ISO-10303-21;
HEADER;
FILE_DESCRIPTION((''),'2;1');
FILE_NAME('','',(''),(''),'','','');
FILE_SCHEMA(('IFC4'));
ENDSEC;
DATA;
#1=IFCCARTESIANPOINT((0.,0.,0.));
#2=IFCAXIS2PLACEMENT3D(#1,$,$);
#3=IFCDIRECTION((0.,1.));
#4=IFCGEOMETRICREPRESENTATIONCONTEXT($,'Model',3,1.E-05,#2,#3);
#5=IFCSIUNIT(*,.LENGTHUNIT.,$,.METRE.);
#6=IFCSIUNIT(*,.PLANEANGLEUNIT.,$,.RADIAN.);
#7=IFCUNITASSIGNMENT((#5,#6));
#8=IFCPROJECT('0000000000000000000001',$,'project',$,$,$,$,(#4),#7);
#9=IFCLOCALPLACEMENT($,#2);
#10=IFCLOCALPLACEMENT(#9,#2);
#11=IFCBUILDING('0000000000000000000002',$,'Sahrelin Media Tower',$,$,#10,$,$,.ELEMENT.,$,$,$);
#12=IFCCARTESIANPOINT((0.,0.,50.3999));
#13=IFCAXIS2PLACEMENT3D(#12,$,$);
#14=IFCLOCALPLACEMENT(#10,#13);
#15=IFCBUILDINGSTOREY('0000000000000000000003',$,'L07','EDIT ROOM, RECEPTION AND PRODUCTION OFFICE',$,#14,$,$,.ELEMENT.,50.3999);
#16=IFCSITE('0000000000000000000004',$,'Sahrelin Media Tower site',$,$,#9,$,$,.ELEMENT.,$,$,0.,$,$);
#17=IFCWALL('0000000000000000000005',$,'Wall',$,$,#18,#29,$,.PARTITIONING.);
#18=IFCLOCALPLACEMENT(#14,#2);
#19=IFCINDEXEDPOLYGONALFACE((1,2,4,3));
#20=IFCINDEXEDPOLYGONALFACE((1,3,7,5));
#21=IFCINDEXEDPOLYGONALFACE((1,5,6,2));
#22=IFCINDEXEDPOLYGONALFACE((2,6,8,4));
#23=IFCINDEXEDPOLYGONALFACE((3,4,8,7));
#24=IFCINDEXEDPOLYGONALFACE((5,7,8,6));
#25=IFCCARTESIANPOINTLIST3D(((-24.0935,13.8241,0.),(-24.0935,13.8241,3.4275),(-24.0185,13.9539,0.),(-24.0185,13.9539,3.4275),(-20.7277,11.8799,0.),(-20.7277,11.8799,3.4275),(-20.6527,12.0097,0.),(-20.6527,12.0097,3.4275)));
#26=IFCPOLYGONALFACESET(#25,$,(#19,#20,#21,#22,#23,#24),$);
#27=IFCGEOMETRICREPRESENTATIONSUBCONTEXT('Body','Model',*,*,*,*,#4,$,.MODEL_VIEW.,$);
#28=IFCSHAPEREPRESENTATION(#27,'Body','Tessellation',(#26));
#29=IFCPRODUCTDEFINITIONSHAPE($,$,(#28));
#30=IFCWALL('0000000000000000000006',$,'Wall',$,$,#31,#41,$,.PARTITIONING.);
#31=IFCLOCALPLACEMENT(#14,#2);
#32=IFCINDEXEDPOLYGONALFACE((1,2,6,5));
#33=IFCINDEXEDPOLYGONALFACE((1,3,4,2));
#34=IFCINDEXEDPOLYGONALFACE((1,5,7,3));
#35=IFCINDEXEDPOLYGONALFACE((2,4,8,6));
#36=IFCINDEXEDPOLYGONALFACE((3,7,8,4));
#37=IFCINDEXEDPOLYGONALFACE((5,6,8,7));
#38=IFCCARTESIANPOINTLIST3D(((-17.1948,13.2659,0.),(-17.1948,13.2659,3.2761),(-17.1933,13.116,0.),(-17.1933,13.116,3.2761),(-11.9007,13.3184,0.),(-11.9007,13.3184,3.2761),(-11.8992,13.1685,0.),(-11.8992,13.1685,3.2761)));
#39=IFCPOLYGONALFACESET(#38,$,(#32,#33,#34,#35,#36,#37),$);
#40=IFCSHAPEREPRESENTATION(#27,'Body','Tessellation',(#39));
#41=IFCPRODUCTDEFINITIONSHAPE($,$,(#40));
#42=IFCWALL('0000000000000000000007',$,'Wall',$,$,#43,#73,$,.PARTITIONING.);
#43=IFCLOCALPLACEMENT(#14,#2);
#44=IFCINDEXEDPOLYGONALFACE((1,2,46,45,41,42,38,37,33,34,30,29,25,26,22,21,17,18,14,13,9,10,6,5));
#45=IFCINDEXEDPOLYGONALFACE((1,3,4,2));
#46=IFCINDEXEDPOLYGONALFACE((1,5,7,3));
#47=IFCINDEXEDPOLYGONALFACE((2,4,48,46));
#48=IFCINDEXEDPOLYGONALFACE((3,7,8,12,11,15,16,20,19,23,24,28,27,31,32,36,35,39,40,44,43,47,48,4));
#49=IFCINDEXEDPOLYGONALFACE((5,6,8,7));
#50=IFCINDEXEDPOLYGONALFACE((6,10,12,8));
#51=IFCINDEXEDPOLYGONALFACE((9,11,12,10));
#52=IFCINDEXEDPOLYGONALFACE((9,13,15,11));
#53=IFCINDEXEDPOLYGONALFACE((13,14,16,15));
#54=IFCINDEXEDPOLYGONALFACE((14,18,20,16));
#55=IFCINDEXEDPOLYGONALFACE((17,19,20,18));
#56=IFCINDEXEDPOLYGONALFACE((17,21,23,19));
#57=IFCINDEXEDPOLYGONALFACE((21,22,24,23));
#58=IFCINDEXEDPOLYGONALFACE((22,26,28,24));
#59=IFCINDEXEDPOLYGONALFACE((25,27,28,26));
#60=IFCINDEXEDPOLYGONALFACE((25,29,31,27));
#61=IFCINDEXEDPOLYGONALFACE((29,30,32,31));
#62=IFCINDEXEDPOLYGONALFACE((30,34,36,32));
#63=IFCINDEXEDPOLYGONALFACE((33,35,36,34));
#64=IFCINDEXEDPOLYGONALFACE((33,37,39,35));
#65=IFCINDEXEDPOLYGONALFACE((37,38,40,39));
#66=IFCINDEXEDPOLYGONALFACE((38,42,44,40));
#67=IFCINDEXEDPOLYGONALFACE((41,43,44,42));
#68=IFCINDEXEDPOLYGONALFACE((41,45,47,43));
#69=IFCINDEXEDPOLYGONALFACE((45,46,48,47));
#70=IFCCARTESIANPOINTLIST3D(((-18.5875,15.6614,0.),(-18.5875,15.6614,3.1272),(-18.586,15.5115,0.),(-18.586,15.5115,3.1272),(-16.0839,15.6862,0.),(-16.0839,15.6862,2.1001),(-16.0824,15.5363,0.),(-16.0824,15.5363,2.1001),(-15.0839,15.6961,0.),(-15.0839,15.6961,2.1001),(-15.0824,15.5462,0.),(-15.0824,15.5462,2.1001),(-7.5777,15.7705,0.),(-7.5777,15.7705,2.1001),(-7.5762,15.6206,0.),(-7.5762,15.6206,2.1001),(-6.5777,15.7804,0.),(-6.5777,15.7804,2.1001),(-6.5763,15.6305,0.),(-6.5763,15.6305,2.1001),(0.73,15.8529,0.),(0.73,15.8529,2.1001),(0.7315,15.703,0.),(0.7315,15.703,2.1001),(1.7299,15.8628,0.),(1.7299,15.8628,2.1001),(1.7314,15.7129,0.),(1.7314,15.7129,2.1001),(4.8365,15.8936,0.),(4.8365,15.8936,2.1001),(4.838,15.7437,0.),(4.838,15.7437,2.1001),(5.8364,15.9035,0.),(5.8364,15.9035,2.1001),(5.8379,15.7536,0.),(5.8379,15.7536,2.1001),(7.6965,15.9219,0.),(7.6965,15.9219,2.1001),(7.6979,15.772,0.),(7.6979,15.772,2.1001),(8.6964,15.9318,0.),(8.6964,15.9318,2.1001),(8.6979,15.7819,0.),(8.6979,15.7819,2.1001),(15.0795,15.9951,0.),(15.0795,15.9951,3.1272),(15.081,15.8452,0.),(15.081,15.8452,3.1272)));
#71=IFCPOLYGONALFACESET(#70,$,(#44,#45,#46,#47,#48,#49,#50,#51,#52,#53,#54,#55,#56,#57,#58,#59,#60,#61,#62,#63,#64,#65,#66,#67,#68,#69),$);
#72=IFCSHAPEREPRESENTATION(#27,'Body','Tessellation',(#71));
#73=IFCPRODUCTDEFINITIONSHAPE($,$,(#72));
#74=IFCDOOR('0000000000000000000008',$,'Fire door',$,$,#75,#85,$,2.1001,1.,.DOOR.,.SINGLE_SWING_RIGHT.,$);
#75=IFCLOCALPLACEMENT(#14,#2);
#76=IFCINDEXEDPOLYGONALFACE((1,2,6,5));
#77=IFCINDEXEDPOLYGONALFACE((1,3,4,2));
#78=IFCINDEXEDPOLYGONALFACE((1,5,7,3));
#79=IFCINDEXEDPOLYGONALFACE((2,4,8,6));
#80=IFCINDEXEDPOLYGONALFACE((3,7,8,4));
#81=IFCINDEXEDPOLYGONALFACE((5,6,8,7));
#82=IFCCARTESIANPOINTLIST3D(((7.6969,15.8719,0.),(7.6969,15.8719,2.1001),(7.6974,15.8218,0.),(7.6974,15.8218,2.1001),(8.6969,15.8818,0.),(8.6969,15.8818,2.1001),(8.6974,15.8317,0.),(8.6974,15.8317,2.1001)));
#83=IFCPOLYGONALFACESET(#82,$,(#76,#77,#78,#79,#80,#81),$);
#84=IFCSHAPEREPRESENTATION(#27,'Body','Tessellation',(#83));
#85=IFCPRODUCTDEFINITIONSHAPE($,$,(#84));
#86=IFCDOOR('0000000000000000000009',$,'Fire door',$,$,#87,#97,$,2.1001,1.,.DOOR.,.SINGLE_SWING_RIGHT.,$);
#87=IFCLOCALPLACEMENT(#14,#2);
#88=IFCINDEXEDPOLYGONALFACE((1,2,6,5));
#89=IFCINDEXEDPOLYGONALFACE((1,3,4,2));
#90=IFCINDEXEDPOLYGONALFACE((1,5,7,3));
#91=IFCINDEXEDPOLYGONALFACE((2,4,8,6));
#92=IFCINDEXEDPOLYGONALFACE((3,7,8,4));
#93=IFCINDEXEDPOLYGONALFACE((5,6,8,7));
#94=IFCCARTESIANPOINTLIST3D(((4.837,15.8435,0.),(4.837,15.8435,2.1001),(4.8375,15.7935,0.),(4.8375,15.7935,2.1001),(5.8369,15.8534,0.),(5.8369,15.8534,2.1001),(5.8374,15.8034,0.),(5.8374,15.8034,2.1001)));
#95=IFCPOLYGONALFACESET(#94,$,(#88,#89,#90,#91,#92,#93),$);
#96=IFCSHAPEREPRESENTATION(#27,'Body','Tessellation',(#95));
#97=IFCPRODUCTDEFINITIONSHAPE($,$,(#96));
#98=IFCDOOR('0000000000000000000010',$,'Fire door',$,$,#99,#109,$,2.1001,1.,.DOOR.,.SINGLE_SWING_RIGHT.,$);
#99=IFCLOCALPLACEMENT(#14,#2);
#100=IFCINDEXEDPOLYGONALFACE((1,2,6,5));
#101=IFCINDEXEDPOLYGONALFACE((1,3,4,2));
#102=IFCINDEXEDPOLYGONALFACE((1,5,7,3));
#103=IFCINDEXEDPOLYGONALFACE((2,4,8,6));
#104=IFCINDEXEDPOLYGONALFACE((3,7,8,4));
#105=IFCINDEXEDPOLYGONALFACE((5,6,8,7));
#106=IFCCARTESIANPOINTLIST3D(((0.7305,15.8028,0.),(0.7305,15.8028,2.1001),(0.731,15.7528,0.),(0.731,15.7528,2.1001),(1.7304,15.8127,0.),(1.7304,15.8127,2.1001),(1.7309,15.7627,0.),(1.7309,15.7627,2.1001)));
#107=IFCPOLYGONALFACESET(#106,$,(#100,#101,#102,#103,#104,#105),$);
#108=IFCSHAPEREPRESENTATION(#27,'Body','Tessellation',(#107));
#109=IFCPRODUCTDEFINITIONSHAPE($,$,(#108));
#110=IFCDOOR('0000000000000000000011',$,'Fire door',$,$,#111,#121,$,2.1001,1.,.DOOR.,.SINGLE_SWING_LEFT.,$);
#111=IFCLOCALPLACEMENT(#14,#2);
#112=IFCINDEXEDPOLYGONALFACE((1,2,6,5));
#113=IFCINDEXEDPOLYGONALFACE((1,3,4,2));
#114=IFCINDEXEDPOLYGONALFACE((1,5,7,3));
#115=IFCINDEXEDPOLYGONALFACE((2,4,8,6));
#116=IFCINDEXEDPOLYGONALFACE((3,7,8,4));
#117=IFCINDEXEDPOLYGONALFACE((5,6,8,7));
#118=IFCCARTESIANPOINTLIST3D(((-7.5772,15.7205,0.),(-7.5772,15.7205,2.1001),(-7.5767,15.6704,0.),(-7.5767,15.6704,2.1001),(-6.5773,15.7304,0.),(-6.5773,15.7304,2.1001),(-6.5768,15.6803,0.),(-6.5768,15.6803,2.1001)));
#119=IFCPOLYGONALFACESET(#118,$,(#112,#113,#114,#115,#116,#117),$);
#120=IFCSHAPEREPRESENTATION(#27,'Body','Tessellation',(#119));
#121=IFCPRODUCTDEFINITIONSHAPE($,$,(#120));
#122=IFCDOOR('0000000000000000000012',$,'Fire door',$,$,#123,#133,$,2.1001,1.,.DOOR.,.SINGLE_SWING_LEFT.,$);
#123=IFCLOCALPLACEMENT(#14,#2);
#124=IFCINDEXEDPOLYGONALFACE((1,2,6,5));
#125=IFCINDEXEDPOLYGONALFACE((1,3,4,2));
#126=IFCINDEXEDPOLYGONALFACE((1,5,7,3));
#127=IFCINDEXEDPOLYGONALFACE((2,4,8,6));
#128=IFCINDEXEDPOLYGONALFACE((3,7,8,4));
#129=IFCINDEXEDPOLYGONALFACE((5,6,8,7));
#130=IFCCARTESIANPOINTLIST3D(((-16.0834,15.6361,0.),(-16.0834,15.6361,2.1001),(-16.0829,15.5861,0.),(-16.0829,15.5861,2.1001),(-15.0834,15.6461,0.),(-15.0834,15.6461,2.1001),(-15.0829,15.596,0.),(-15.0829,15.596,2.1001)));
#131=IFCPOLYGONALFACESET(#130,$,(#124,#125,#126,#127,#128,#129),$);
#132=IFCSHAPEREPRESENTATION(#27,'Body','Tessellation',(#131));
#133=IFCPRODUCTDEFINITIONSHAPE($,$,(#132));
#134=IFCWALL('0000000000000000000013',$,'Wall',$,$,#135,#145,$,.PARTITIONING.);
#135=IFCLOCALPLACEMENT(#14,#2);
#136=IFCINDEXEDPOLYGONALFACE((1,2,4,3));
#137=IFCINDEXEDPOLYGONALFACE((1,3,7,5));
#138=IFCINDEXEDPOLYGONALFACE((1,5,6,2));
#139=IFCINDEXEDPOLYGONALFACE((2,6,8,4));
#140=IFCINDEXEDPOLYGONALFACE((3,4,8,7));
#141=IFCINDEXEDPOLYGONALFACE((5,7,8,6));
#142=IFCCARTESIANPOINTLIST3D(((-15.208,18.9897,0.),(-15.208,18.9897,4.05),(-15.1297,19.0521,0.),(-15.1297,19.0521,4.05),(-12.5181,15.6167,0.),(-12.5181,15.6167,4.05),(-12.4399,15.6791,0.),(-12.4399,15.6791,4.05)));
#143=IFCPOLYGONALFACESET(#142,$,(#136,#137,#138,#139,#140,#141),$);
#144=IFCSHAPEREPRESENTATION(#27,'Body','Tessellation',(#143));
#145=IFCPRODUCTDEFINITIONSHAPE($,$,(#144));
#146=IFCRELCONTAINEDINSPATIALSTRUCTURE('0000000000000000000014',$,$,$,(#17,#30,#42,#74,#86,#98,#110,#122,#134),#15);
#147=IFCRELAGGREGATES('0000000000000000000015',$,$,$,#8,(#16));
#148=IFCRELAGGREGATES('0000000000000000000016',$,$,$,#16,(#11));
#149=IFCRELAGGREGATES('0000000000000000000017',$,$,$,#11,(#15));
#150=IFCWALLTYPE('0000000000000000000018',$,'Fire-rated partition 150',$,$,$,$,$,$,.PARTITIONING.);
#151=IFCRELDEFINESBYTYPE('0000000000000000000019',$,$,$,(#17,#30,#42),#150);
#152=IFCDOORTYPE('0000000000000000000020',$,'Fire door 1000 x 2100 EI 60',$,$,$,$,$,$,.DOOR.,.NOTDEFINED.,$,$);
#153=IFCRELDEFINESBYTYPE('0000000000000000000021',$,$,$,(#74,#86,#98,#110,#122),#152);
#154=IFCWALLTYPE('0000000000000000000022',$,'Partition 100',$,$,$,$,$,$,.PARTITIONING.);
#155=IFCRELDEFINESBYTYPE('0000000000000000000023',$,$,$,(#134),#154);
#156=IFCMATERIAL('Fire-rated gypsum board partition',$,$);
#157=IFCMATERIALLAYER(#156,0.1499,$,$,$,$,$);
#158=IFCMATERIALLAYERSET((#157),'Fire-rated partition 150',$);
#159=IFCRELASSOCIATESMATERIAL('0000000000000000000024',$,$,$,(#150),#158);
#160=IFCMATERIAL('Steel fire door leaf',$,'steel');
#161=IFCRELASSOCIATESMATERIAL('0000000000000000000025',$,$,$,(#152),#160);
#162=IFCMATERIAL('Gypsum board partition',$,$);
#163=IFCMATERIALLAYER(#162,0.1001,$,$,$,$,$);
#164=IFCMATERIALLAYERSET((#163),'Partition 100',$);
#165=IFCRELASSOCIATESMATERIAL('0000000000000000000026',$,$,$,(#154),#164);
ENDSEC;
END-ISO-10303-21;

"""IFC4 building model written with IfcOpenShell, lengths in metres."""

from ifc_helpers import new_model, si_unit, direction, frame, frame_2d, origin, place, context, subcontext, project, spatial, rectangle, extrude, material, layer, layer_set, type_object, element, fill, save


model = new_model("IFC4")

# Units and contexts
model_context = context("Model", 3, precision=1e-05, world=origin(), true_north=direction((0.0, 1.0)))
body_context = subcontext(model_context, "Body", "Model", "MODEL_VIEW")
ifc_project = project(units=[si_unit("LENGTHUNIT", "METRE"), si_unit("PLANEANGLEUNIT", "RADIAN")], contexts=[model_context])

# Site, building, storey
site_placement = place(None, origin())
site = spatial("IfcSite", under=ifc_project, at=site_placement, Name="Sahrelin Media Tower site", CompositionType="ELEMENT", RefElevation=0.0)
building_placement = place(site_placement, origin())
building = spatial("IfcBuilding", under=site, at=building_placement, Name="Sahrelin Media Tower", CompositionType="ELEMENT")
storey_placement = place(building_placement, frame((0.0, 0.0, 50.3999)))
storey = spatial("IfcBuildingStorey", under=building, at=storey_placement, Name="L07", Description="EDIT ROOM, RECEPTION AND PRODUCTION OFFICE", CompositionType="ELEMENT", Elevation=50.3999)

# Walls
ifc_material_1 = material(Name="Fire-rated gypsum board partition")
ifc_layer_1 = layer(ifc_material_1, 0.1499)
ifc_layer_set_1 = layer_set([ifc_layer_1], Name="Fire-rated partition 150")
wall_type_1 = type_object("IfcWallType", Name="Fire-rated partition 150", PredefinedType="PARTITIONING", material=ifc_layer_set_1)
wall_1_placement = place(storey_placement, frame((-24.0559, 13.8889, 0.0), z_axis=(0.0, 0.0, 1.0), x_axis=(0.865926, -0.500172, 0.0)))
element("IfcWall", 1, at=wall_1_placement, inside=storey, type_object=wall_type_1, Name="Wall", PredefinedType="PARTITIONING", context=body_context, shape_type="SweptSolid", body=[
    extrude(rectangle(XDim=3.887, YDim=0.1499, at=frame_2d((1.9434, 0.0))), origin(), (0.0, 0.0, 1.0), 3.4275),
])
wall_2_placement = place(storey_placement, frame((-17.1941, 13.1909, 0.0), z_axis=(0.0, 0.0, 1.0), x_axis=(0.999951, 0.009914, 0.0)))
element("IfcWall", 2, at=wall_2_placement, inside=storey, type_object=wall_type_1, Name="Wall", PredefinedType="PARTITIONING", context=body_context, shape_type="SweptSolid", body=[
    extrude(rectangle(XDim=5.2944, YDim=0.1499, at=frame_2d((2.6472, 0.0))), origin(), (0.0, 0.0, 1.0), 3.2761),
])

# Wall, openings, doors
wall_3_placement = place(storey_placement, frame((-18.5869, 15.5864, 0.0), z_axis=(0.0, 0.0, 1.0), x_axis=(0.999951, 0.009912, 0.0)))
wall_3 = element("IfcWall", 3, at=wall_3_placement, inside=storey, type_object=wall_type_1, Name="Wall", PredefinedType="PARTITIONING", context=body_context, shape_type="SweptSolid", body=[
    extrude(rectangle(XDim=33.6687, YDim=0.1499, at=frame_2d((16.8345, 0.0))), origin(), (0.0, 0.0, 1.0), 3.1272),
])
opening_1_placement = place(wall_3_placement, frame((26.2854, 0.0, 0.0)))
opening_1 = element("IfcOpeningElement", 4, at=opening_1_placement, cuts=wall_3, PredefinedType="OPENING", context=body_context, shape_type="SweptSolid", body=[
    extrude(rectangle(XDim=1.0, YDim=2.1001, at=frame_2d((0.5, 1.05))), frame((0.0, 0.075, 0.0), z_axis=(0.0, -1.0, 0.0), x_axis=(1.0, 0.0, 0.0)), (0.0, 0.0, 1.0), 0.1499),
])
opening_2_placement = place(wall_3_placement, frame((23.4253, 0.0, 0.0)))
opening_2 = element("IfcOpeningElement", 5, at=opening_2_placement, cuts=wall_3, PredefinedType="OPENING", context=body_context, shape_type="SweptSolid", body=[
    extrude(rectangle(XDim=1.0, YDim=2.1001, at=frame_2d((0.5, 1.05))), frame((0.0, 0.075, 0.0), z_axis=(0.0, -1.0, 0.0), x_axis=(1.0, 0.0, 0.0)), (0.0, 0.0, 1.0), 0.1499),
])
opening_3_placement = place(wall_3_placement, frame((19.3186, 0.0, 0.0)))
opening_3 = element("IfcOpeningElement", 6, at=opening_3_placement, cuts=wall_3, PredefinedType="OPENING", context=body_context, shape_type="SweptSolid", body=[
    extrude(rectangle(XDim=1.0, YDim=2.1001, at=frame_2d((0.5, 1.05))), frame((0.0, 0.075, 0.0), z_axis=(0.0, -1.0, 0.0), x_axis=(1.0, 0.0, 0.0)), (0.0, 0.0, 1.0), 0.1499),
])
opening_4_placement = place(wall_3_placement, frame((11.0105, 0.0, 0.0)))
opening_4 = element("IfcOpeningElement", 7, at=opening_4_placement, cuts=wall_3, PredefinedType="OPENING", context=body_context, shape_type="SweptSolid", body=[
    extrude(rectangle(XDim=1.0, YDim=2.1001, at=frame_2d((0.5, 1.05))), frame((0.0, 0.075, 0.0), z_axis=(0.0, -1.0, 0.0), x_axis=(1.0, 0.0, 0.0)), (0.0, 0.0, 1.0), 0.1499),
])
opening_5_placement = place(wall_3_placement, frame((2.5039, 0.0, 0.0)))
opening_5 = element("IfcOpeningElement", 8, at=opening_5_placement, cuts=wall_3, PredefinedType="OPENING", context=body_context, shape_type="SweptSolid", body=[
    extrude(rectangle(XDim=1.0, YDim=2.1001, at=frame_2d((0.5, 1.05))), frame((0.0, 0.075, 0.0), z_axis=(0.0, -1.0, 0.0), x_axis=(1.0, 0.0, 0.0)), (0.0, 0.0, 1.0), 0.1499),
])
ifc_material_2 = material(Name="Steel fire door leaf", Category="steel")
door_type_1 = type_object("IfcDoorType", Name="Fire door 1000 x 2100 EI 60", OperationType="NOTDEFINED", PredefinedType="DOOR", material=ifc_material_2)
door_1_placement = place(opening_1_placement, origin())
door_1 = element("IfcDoor", 9, at=door_1_placement, inside=storey, type_object=door_type_1, Name="Fire door", OperationType="SINGLE_SWING_RIGHT", OverallHeight=2.1001, OverallWidth=1.0, PredefinedType="DOOR", context=body_context, shape_type="SweptSolid", body=[
    extrude(rectangle(XDim=1.0, YDim=2.1001, at=frame_2d((0.5, 1.05))), frame((0.0, 0.0249, 0.0), z_axis=(0.0, -1.0, 0.0), x_axis=(1.0, 0.0, 0.0)), (0.0, 0.0, 1.0), 0.05),
])
fill(opening_1, door_1)
door_2_placement = place(opening_2_placement, origin())
door_2 = element("IfcDoor", 10, at=door_2_placement, inside=storey, type_object=door_type_1, Name="Fire door", OperationType="SINGLE_SWING_RIGHT", OverallHeight=2.1001, OverallWidth=1.0, PredefinedType="DOOR", context=body_context, shape_type="SweptSolid", body=[
    extrude(rectangle(XDim=1.0, YDim=2.1001, at=frame_2d((0.5, 1.05))), frame((0.0, 0.0249, 0.0), z_axis=(0.0, -1.0, 0.0), x_axis=(1.0, 0.0, 0.0)), (0.0, 0.0, 1.0), 0.05),
])
fill(opening_2, door_2)
door_3_placement = place(opening_3_placement, origin())
door_3 = element("IfcDoor", 11, at=door_3_placement, inside=storey, type_object=door_type_1, Name="Fire door", OperationType="SINGLE_SWING_RIGHT", OverallHeight=2.1001, OverallWidth=1.0, PredefinedType="DOOR", context=body_context, shape_type="SweptSolid", body=[
    extrude(rectangle(XDim=1.0, YDim=2.1001, at=frame_2d((0.5, 1.05))), frame((0.0, 0.0249, 0.0), z_axis=(0.0, -1.0, 0.0), x_axis=(1.0, 0.0, 0.0)), (0.0, 0.0, 1.0), 0.05),
])
fill(opening_3, door_3)
door_4_placement = place(opening_4_placement, origin())
door_4 = element("IfcDoor", 12, at=door_4_placement, inside=storey, type_object=door_type_1, Name="Fire door", OperationType="SINGLE_SWING_LEFT", OverallHeight=2.1001, OverallWidth=1.0, PredefinedType="DOOR", context=body_context, shape_type="SweptSolid", body=[
    extrude(rectangle(XDim=1.0, YDim=2.1001, at=frame_2d((0.5, 1.05))), frame((0.0, 0.0249, 0.0), z_axis=(0.0, -1.0, 0.0), x_axis=(1.0, 0.0, 0.0)), (0.0, 0.0, 1.0), 0.05),
])
fill(opening_4, door_4)
door_5_placement = place(opening_5_placement, origin())
door_5 = element("IfcDoor", 13, at=door_5_placement, inside=storey, type_object=door_type_1, Name="Fire door", OperationType="SINGLE_SWING_LEFT", OverallHeight=2.1001, OverallWidth=1.0, PredefinedType="DOOR", context=body_context, shape_type="SweptSolid", body=[
    extrude(rectangle(XDim=1.0, YDim=2.1001, at=frame_2d((0.5, 1.05))), frame((0.0, 0.0249, 0.0), z_axis=(0.0, -1.0, 0.0), x_axis=(1.0, 0.0, 0.0)), (0.0, 0.0, 1.0), 0.05),
])
fill(opening_5, door_5)

# Wall
ifc_material_3 = material(Name="Gypsum board partition")
ifc_layer_2 = layer(ifc_material_3, 0.1001)
ifc_layer_set_2 = layer_set([ifc_layer_2], Name="Partition 100")
wall_type_2 = type_object("IfcWallType", Name="Partition 100", PredefinedType="PARTITIONING", material=ifc_layer_set_2)
wall_4_placement = place(storey_placement, frame((-15.1689, 19.021, 0.0), z_axis=(0.0, 0.0, 1.0), x_axis=(0.623494, -0.781829, 0.0)))
element("IfcWall", 14, at=wall_4_placement, inside=storey, type_object=wall_type_2, Name="Wall", PredefinedType="PARTITIONING", context=body_context, shape_type="SweptSolid", body=[
    extrude(rectangle(XDim=4.3142, YDim=0.1001, at=frame_2d((2.1572, 0.0))), origin(), (0.0, 0.0, 1.0), 4.05),
])

save(model, "model.ifc")
